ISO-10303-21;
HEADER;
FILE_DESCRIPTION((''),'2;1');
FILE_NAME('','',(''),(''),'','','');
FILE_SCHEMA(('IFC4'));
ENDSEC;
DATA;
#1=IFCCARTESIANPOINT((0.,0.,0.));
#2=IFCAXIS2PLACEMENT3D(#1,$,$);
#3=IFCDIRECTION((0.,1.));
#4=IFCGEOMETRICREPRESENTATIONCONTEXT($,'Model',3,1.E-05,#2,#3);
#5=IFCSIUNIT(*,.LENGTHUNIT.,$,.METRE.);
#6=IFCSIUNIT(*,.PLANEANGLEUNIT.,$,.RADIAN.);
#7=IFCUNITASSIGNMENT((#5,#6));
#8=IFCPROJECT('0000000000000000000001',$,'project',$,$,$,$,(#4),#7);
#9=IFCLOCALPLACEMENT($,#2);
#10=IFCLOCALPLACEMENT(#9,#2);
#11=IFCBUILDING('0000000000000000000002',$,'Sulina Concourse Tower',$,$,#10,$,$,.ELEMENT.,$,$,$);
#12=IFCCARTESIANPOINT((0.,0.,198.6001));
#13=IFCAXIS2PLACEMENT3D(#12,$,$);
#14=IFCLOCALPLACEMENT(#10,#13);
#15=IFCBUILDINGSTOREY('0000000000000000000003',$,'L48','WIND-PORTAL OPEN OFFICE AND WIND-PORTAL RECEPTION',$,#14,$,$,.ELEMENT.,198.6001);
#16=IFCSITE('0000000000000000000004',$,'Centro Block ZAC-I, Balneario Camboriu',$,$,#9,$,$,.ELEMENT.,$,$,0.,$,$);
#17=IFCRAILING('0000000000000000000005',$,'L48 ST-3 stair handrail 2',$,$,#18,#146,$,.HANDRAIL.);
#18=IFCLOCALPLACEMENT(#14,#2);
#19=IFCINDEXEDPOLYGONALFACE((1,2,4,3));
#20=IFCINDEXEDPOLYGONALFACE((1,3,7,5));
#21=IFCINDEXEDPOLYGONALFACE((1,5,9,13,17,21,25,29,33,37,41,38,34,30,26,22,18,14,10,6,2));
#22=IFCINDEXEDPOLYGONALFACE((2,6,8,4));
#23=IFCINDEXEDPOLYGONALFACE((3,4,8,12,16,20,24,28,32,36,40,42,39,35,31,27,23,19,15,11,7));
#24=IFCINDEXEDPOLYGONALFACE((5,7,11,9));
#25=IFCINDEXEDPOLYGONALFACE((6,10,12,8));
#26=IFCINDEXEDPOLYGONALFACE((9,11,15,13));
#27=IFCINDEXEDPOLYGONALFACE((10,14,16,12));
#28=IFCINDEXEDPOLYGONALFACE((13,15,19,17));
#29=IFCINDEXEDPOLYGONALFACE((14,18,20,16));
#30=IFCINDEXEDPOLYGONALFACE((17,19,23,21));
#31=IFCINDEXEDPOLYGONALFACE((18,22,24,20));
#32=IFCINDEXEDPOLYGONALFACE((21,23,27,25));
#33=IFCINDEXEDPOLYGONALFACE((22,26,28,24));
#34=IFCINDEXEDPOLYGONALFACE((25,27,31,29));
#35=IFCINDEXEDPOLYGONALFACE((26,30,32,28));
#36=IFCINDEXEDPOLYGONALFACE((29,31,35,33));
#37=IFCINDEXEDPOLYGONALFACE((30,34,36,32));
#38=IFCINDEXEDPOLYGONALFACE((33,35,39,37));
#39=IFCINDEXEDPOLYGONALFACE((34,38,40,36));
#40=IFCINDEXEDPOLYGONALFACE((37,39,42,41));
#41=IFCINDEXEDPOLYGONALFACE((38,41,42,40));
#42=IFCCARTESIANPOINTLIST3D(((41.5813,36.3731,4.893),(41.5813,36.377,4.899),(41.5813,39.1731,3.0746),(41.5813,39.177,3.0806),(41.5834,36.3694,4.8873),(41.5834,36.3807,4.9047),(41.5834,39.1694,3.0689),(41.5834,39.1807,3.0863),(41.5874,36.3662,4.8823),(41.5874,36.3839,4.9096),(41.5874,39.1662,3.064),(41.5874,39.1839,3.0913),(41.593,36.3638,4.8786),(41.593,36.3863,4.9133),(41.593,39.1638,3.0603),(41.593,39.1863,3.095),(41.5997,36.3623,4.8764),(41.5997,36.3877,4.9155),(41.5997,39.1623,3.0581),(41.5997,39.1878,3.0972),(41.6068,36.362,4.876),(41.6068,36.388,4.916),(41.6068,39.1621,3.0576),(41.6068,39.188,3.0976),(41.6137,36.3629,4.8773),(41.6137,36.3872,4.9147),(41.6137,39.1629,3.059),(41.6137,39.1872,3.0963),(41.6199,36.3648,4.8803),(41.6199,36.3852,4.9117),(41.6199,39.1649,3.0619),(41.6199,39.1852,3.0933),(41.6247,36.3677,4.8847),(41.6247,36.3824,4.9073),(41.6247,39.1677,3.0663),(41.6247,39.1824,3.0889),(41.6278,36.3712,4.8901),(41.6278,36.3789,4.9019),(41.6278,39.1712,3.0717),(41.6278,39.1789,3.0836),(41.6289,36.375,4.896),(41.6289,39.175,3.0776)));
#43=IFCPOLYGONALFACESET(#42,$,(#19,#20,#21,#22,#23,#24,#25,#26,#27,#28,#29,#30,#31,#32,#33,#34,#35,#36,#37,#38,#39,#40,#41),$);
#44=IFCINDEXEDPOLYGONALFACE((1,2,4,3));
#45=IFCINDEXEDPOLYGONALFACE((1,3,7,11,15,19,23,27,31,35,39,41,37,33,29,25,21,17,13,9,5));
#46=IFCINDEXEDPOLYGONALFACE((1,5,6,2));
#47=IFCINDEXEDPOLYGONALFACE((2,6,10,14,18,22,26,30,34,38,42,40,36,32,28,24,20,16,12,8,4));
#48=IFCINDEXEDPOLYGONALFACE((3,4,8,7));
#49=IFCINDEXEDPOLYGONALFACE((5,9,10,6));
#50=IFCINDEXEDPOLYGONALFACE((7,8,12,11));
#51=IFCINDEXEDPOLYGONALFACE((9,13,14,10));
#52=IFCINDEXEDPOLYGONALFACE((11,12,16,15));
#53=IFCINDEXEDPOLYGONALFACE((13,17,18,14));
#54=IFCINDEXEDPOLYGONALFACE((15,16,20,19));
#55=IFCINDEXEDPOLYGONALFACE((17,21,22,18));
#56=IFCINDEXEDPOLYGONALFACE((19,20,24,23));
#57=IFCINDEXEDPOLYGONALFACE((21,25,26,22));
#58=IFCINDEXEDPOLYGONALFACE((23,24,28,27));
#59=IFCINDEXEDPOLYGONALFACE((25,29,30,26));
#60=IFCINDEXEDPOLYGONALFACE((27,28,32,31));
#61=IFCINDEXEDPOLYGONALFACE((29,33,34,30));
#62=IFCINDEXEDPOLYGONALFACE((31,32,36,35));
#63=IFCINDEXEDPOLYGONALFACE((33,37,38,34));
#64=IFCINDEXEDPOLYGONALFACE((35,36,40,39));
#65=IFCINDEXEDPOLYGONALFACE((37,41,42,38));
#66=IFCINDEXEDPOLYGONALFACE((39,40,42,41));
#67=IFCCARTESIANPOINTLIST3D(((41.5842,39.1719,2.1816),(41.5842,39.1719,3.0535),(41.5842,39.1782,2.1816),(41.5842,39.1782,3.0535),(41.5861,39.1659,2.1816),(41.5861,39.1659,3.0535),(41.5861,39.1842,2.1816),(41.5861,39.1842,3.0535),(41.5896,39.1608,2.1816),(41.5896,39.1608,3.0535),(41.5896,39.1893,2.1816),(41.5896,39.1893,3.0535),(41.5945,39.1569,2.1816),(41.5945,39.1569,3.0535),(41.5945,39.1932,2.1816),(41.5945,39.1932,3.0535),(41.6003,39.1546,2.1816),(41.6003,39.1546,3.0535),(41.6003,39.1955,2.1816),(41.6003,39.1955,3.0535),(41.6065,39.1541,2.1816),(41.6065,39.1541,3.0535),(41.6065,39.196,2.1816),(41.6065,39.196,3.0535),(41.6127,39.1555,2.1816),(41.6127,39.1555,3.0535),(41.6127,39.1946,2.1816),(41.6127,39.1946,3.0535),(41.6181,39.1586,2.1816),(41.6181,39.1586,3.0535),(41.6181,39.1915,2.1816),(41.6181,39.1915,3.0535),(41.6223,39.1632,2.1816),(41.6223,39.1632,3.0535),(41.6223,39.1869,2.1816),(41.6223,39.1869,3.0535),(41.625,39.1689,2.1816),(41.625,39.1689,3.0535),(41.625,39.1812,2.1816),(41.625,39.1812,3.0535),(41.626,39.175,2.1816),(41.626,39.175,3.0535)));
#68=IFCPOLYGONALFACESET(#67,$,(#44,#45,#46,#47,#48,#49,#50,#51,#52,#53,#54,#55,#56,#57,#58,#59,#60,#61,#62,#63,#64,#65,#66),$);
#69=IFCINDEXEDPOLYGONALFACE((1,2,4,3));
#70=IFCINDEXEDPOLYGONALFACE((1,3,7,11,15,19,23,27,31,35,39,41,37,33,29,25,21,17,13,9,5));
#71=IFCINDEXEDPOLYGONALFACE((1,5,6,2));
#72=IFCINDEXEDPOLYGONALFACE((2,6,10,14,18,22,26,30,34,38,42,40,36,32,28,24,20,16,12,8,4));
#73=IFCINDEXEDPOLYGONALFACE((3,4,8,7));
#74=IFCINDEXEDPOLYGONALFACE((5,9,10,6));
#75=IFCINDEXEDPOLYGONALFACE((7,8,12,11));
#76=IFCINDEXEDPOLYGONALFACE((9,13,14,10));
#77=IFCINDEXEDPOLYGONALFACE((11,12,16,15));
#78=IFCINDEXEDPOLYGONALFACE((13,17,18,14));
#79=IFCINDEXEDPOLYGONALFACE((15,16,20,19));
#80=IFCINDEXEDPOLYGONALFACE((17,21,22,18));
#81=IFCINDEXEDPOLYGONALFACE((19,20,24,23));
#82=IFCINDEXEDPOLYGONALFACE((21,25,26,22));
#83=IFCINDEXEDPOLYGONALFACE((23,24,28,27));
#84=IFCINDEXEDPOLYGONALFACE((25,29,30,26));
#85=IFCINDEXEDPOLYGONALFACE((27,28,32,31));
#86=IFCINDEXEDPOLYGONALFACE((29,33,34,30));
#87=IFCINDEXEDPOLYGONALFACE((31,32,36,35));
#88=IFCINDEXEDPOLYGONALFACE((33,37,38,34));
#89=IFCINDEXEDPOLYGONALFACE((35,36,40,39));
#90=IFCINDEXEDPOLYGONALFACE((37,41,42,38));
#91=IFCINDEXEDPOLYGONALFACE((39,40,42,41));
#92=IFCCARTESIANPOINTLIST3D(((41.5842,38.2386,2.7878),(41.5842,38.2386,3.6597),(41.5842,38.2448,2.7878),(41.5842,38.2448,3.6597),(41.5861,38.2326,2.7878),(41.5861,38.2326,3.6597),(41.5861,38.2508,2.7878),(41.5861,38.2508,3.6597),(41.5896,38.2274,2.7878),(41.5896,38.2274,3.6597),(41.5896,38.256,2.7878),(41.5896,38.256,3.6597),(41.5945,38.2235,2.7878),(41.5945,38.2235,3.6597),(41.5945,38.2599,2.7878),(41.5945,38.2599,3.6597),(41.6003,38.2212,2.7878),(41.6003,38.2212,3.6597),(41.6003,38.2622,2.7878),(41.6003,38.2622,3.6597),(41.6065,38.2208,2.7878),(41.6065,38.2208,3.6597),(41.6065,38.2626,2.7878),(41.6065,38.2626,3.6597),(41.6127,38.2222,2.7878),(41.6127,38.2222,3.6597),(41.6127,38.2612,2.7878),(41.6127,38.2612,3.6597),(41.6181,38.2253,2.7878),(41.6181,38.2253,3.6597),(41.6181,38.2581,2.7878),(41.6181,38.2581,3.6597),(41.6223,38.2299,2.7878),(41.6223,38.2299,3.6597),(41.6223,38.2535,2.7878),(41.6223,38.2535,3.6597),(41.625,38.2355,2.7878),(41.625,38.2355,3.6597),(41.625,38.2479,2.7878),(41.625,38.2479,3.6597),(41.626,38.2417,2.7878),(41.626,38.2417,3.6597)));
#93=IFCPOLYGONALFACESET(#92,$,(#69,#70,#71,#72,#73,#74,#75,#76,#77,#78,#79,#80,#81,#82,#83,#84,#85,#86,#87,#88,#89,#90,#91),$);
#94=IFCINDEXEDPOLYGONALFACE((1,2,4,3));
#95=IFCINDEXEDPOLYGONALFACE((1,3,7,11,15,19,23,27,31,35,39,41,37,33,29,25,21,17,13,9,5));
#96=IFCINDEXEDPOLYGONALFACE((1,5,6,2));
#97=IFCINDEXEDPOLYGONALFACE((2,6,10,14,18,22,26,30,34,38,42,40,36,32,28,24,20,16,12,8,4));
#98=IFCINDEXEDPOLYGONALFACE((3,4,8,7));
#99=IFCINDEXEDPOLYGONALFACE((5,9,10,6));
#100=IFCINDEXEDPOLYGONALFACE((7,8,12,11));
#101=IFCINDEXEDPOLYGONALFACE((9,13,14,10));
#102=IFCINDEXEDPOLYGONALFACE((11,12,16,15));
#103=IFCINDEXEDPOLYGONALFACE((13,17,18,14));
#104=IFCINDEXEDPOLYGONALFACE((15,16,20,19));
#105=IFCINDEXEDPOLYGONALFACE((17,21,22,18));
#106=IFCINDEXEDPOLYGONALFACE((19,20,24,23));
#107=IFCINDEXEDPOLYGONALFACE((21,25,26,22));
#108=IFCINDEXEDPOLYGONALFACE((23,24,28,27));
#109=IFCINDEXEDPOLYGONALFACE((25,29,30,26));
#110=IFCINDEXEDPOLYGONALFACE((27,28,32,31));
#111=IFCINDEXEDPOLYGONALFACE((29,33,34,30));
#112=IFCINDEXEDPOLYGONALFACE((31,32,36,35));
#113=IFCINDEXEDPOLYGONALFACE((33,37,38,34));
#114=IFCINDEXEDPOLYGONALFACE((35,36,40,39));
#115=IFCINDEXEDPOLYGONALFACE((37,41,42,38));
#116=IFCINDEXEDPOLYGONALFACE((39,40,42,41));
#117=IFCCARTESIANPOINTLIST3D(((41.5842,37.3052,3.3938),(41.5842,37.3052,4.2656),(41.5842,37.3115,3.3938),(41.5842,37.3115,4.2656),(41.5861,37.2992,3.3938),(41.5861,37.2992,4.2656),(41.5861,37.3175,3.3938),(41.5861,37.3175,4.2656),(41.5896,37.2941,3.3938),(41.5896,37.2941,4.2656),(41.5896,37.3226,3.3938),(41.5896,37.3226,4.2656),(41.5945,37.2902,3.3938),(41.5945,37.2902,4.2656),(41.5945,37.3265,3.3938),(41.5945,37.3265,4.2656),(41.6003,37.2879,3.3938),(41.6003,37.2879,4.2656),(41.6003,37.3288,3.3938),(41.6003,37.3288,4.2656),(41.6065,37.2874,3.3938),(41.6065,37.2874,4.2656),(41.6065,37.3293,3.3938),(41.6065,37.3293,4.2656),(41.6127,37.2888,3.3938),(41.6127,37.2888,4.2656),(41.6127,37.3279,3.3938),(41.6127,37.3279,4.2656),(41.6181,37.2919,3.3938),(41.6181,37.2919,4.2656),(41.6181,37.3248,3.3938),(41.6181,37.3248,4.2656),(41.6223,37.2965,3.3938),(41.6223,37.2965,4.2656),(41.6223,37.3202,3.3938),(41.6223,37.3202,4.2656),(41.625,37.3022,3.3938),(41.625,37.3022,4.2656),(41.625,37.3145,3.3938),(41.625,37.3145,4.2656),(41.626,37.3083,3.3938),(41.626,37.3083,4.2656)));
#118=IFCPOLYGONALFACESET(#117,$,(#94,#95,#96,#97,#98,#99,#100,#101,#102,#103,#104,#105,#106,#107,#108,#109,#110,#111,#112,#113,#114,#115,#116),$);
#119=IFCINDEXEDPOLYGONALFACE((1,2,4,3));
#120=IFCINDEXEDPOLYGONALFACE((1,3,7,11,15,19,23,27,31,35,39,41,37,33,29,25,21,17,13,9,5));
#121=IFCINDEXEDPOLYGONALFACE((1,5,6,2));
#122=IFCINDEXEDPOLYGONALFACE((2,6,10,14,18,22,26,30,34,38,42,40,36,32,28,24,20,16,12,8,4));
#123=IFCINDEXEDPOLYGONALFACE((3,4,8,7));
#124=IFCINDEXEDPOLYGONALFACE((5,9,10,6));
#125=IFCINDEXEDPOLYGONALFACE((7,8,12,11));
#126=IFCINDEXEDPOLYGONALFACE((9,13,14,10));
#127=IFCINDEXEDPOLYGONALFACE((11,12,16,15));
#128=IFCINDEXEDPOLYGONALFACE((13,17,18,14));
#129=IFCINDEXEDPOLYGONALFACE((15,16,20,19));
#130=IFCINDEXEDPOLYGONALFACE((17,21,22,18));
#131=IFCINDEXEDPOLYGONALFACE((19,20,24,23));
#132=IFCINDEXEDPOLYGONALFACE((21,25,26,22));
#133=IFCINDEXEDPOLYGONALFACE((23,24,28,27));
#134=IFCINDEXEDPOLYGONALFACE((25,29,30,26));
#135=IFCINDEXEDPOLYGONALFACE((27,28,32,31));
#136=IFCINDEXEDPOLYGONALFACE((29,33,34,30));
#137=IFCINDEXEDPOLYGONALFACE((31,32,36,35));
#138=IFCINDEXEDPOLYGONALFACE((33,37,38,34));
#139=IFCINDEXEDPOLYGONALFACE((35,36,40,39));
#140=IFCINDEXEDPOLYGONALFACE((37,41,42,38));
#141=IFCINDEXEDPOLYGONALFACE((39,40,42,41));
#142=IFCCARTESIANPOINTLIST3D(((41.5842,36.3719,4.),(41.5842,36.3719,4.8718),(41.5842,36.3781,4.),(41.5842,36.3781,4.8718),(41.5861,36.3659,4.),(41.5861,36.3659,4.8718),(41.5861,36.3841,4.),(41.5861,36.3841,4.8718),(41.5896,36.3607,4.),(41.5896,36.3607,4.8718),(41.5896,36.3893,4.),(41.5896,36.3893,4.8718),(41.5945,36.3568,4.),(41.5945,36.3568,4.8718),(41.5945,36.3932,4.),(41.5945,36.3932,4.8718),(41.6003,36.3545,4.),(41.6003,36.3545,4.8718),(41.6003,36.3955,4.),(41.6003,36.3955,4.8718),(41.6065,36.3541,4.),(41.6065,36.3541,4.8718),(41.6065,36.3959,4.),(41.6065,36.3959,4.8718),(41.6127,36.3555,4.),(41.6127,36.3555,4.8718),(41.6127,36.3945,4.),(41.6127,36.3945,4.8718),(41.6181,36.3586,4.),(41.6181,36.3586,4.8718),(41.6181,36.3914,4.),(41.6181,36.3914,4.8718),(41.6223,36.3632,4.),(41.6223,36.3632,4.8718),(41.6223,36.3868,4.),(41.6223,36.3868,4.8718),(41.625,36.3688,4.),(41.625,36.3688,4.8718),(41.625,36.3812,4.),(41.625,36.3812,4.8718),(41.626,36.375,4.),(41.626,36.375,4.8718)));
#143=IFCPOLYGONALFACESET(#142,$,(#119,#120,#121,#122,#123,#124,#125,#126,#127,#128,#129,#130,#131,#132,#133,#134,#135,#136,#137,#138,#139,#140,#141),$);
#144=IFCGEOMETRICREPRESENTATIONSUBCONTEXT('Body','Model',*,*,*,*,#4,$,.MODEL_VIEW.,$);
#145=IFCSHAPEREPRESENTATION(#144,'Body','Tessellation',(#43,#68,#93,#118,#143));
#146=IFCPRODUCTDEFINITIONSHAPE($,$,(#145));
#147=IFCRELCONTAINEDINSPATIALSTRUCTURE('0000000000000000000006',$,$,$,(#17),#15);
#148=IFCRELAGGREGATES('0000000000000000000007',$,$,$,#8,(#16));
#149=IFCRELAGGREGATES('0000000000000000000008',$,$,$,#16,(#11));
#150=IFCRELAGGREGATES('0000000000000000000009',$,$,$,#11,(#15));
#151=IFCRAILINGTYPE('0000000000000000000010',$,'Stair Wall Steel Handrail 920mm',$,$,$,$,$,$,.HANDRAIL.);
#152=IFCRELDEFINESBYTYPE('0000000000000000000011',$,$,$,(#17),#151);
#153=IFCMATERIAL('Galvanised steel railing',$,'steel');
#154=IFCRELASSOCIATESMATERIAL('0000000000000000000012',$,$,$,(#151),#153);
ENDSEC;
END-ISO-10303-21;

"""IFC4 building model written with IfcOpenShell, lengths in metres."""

from ifc_helpers import new_model, si_unit, direction, frame, origin, origin_2d, place, context, subcontext, project, spatial, circle, extrude, material, type_object, element, save


model = new_model("IFC4")

# Units and contexts
model_context = context("Model", 3, precision=1e-05, world=origin(), true_north=direction((0.0, 1.0)))
body_context = subcontext(model_context, "Body", "Model", "MODEL_VIEW")
ifc_project = project(units=[si_unit("LENGTHUNIT", "METRE"), si_unit("PLANEANGLEUNIT", "RADIAN")], contexts=[model_context])

# Site, building, storey
site_placement = place(None, origin())
site = spatial("IfcSite", under=ifc_project, at=site_placement, Name="Centro Block ZAC-I, Balneario Camboriu", CompositionType="ELEMENT", RefElevation=0.0)
building_placement = place(site_placement, origin())
building = spatial("IfcBuilding", under=site, at=building_placement, Name="Sulina Concourse Tower", CompositionType="ELEMENT")
storey_placement = place(building_placement, frame((0.0, 0.0, 198.6001)))
storey = spatial("IfcBuildingStorey", under=building, at=storey_placement, Name="L48", Description="WIND-PORTAL OPEN OFFICE AND WIND-PORTAL RECEPTION", CompositionType="ELEMENT", Elevation=198.6001)

# Railing
ifc_material_1 = material(Name="Galvanised steel railing", Category="steel")
railing_type_1 = type_object("IfcRailingType", Name="Stair Wall Steel Handrail 920mm", PredefinedType="HANDRAIL", material=ifc_material_1)
railing_1_placement = place(storey_placement, frame((41.605, 39.175, 2.1816)))
element("IfcRailing", 1, at=railing_1_placement, inside=storey, type_object=railing_type_1, Name="L48 ST-3 stair handrail 2", PredefinedType="HANDRAIL", context=body_context, shape_type="SweptSolid", body=[
    extrude(circle(Radius=0.0239, at=origin_2d()), frame((0.0, 0.0, 0.896), z_axis=(0.0, -0.838672, 0.544636), x_axis=(1.0, 0.0, 0.0)), (0.0, 0.0, 1.0), 3.3386),
    extrude(circle(Radius=0.021, at=origin_2d()), origin(), (0.0, 0.0, 1.0), 0.8718),
    extrude(circle(Radius=0.021, at=origin_2d()), frame((0.0, -0.9333, 0.6062)), (0.0, 0.0, 1.0), 0.8718),
    extrude(circle(Radius=0.021, at=origin_2d()), frame((0.0, -1.8667, 1.2122)), (0.0, 0.0, 1.0), 0.8718),
    extrude(circle(Radius=0.021, at=origin_2d()), frame((0.0, -2.8, 1.8184)), (0.0, 0.0, 1.0), 0.8718),
])

save(model, "model.ifc")
